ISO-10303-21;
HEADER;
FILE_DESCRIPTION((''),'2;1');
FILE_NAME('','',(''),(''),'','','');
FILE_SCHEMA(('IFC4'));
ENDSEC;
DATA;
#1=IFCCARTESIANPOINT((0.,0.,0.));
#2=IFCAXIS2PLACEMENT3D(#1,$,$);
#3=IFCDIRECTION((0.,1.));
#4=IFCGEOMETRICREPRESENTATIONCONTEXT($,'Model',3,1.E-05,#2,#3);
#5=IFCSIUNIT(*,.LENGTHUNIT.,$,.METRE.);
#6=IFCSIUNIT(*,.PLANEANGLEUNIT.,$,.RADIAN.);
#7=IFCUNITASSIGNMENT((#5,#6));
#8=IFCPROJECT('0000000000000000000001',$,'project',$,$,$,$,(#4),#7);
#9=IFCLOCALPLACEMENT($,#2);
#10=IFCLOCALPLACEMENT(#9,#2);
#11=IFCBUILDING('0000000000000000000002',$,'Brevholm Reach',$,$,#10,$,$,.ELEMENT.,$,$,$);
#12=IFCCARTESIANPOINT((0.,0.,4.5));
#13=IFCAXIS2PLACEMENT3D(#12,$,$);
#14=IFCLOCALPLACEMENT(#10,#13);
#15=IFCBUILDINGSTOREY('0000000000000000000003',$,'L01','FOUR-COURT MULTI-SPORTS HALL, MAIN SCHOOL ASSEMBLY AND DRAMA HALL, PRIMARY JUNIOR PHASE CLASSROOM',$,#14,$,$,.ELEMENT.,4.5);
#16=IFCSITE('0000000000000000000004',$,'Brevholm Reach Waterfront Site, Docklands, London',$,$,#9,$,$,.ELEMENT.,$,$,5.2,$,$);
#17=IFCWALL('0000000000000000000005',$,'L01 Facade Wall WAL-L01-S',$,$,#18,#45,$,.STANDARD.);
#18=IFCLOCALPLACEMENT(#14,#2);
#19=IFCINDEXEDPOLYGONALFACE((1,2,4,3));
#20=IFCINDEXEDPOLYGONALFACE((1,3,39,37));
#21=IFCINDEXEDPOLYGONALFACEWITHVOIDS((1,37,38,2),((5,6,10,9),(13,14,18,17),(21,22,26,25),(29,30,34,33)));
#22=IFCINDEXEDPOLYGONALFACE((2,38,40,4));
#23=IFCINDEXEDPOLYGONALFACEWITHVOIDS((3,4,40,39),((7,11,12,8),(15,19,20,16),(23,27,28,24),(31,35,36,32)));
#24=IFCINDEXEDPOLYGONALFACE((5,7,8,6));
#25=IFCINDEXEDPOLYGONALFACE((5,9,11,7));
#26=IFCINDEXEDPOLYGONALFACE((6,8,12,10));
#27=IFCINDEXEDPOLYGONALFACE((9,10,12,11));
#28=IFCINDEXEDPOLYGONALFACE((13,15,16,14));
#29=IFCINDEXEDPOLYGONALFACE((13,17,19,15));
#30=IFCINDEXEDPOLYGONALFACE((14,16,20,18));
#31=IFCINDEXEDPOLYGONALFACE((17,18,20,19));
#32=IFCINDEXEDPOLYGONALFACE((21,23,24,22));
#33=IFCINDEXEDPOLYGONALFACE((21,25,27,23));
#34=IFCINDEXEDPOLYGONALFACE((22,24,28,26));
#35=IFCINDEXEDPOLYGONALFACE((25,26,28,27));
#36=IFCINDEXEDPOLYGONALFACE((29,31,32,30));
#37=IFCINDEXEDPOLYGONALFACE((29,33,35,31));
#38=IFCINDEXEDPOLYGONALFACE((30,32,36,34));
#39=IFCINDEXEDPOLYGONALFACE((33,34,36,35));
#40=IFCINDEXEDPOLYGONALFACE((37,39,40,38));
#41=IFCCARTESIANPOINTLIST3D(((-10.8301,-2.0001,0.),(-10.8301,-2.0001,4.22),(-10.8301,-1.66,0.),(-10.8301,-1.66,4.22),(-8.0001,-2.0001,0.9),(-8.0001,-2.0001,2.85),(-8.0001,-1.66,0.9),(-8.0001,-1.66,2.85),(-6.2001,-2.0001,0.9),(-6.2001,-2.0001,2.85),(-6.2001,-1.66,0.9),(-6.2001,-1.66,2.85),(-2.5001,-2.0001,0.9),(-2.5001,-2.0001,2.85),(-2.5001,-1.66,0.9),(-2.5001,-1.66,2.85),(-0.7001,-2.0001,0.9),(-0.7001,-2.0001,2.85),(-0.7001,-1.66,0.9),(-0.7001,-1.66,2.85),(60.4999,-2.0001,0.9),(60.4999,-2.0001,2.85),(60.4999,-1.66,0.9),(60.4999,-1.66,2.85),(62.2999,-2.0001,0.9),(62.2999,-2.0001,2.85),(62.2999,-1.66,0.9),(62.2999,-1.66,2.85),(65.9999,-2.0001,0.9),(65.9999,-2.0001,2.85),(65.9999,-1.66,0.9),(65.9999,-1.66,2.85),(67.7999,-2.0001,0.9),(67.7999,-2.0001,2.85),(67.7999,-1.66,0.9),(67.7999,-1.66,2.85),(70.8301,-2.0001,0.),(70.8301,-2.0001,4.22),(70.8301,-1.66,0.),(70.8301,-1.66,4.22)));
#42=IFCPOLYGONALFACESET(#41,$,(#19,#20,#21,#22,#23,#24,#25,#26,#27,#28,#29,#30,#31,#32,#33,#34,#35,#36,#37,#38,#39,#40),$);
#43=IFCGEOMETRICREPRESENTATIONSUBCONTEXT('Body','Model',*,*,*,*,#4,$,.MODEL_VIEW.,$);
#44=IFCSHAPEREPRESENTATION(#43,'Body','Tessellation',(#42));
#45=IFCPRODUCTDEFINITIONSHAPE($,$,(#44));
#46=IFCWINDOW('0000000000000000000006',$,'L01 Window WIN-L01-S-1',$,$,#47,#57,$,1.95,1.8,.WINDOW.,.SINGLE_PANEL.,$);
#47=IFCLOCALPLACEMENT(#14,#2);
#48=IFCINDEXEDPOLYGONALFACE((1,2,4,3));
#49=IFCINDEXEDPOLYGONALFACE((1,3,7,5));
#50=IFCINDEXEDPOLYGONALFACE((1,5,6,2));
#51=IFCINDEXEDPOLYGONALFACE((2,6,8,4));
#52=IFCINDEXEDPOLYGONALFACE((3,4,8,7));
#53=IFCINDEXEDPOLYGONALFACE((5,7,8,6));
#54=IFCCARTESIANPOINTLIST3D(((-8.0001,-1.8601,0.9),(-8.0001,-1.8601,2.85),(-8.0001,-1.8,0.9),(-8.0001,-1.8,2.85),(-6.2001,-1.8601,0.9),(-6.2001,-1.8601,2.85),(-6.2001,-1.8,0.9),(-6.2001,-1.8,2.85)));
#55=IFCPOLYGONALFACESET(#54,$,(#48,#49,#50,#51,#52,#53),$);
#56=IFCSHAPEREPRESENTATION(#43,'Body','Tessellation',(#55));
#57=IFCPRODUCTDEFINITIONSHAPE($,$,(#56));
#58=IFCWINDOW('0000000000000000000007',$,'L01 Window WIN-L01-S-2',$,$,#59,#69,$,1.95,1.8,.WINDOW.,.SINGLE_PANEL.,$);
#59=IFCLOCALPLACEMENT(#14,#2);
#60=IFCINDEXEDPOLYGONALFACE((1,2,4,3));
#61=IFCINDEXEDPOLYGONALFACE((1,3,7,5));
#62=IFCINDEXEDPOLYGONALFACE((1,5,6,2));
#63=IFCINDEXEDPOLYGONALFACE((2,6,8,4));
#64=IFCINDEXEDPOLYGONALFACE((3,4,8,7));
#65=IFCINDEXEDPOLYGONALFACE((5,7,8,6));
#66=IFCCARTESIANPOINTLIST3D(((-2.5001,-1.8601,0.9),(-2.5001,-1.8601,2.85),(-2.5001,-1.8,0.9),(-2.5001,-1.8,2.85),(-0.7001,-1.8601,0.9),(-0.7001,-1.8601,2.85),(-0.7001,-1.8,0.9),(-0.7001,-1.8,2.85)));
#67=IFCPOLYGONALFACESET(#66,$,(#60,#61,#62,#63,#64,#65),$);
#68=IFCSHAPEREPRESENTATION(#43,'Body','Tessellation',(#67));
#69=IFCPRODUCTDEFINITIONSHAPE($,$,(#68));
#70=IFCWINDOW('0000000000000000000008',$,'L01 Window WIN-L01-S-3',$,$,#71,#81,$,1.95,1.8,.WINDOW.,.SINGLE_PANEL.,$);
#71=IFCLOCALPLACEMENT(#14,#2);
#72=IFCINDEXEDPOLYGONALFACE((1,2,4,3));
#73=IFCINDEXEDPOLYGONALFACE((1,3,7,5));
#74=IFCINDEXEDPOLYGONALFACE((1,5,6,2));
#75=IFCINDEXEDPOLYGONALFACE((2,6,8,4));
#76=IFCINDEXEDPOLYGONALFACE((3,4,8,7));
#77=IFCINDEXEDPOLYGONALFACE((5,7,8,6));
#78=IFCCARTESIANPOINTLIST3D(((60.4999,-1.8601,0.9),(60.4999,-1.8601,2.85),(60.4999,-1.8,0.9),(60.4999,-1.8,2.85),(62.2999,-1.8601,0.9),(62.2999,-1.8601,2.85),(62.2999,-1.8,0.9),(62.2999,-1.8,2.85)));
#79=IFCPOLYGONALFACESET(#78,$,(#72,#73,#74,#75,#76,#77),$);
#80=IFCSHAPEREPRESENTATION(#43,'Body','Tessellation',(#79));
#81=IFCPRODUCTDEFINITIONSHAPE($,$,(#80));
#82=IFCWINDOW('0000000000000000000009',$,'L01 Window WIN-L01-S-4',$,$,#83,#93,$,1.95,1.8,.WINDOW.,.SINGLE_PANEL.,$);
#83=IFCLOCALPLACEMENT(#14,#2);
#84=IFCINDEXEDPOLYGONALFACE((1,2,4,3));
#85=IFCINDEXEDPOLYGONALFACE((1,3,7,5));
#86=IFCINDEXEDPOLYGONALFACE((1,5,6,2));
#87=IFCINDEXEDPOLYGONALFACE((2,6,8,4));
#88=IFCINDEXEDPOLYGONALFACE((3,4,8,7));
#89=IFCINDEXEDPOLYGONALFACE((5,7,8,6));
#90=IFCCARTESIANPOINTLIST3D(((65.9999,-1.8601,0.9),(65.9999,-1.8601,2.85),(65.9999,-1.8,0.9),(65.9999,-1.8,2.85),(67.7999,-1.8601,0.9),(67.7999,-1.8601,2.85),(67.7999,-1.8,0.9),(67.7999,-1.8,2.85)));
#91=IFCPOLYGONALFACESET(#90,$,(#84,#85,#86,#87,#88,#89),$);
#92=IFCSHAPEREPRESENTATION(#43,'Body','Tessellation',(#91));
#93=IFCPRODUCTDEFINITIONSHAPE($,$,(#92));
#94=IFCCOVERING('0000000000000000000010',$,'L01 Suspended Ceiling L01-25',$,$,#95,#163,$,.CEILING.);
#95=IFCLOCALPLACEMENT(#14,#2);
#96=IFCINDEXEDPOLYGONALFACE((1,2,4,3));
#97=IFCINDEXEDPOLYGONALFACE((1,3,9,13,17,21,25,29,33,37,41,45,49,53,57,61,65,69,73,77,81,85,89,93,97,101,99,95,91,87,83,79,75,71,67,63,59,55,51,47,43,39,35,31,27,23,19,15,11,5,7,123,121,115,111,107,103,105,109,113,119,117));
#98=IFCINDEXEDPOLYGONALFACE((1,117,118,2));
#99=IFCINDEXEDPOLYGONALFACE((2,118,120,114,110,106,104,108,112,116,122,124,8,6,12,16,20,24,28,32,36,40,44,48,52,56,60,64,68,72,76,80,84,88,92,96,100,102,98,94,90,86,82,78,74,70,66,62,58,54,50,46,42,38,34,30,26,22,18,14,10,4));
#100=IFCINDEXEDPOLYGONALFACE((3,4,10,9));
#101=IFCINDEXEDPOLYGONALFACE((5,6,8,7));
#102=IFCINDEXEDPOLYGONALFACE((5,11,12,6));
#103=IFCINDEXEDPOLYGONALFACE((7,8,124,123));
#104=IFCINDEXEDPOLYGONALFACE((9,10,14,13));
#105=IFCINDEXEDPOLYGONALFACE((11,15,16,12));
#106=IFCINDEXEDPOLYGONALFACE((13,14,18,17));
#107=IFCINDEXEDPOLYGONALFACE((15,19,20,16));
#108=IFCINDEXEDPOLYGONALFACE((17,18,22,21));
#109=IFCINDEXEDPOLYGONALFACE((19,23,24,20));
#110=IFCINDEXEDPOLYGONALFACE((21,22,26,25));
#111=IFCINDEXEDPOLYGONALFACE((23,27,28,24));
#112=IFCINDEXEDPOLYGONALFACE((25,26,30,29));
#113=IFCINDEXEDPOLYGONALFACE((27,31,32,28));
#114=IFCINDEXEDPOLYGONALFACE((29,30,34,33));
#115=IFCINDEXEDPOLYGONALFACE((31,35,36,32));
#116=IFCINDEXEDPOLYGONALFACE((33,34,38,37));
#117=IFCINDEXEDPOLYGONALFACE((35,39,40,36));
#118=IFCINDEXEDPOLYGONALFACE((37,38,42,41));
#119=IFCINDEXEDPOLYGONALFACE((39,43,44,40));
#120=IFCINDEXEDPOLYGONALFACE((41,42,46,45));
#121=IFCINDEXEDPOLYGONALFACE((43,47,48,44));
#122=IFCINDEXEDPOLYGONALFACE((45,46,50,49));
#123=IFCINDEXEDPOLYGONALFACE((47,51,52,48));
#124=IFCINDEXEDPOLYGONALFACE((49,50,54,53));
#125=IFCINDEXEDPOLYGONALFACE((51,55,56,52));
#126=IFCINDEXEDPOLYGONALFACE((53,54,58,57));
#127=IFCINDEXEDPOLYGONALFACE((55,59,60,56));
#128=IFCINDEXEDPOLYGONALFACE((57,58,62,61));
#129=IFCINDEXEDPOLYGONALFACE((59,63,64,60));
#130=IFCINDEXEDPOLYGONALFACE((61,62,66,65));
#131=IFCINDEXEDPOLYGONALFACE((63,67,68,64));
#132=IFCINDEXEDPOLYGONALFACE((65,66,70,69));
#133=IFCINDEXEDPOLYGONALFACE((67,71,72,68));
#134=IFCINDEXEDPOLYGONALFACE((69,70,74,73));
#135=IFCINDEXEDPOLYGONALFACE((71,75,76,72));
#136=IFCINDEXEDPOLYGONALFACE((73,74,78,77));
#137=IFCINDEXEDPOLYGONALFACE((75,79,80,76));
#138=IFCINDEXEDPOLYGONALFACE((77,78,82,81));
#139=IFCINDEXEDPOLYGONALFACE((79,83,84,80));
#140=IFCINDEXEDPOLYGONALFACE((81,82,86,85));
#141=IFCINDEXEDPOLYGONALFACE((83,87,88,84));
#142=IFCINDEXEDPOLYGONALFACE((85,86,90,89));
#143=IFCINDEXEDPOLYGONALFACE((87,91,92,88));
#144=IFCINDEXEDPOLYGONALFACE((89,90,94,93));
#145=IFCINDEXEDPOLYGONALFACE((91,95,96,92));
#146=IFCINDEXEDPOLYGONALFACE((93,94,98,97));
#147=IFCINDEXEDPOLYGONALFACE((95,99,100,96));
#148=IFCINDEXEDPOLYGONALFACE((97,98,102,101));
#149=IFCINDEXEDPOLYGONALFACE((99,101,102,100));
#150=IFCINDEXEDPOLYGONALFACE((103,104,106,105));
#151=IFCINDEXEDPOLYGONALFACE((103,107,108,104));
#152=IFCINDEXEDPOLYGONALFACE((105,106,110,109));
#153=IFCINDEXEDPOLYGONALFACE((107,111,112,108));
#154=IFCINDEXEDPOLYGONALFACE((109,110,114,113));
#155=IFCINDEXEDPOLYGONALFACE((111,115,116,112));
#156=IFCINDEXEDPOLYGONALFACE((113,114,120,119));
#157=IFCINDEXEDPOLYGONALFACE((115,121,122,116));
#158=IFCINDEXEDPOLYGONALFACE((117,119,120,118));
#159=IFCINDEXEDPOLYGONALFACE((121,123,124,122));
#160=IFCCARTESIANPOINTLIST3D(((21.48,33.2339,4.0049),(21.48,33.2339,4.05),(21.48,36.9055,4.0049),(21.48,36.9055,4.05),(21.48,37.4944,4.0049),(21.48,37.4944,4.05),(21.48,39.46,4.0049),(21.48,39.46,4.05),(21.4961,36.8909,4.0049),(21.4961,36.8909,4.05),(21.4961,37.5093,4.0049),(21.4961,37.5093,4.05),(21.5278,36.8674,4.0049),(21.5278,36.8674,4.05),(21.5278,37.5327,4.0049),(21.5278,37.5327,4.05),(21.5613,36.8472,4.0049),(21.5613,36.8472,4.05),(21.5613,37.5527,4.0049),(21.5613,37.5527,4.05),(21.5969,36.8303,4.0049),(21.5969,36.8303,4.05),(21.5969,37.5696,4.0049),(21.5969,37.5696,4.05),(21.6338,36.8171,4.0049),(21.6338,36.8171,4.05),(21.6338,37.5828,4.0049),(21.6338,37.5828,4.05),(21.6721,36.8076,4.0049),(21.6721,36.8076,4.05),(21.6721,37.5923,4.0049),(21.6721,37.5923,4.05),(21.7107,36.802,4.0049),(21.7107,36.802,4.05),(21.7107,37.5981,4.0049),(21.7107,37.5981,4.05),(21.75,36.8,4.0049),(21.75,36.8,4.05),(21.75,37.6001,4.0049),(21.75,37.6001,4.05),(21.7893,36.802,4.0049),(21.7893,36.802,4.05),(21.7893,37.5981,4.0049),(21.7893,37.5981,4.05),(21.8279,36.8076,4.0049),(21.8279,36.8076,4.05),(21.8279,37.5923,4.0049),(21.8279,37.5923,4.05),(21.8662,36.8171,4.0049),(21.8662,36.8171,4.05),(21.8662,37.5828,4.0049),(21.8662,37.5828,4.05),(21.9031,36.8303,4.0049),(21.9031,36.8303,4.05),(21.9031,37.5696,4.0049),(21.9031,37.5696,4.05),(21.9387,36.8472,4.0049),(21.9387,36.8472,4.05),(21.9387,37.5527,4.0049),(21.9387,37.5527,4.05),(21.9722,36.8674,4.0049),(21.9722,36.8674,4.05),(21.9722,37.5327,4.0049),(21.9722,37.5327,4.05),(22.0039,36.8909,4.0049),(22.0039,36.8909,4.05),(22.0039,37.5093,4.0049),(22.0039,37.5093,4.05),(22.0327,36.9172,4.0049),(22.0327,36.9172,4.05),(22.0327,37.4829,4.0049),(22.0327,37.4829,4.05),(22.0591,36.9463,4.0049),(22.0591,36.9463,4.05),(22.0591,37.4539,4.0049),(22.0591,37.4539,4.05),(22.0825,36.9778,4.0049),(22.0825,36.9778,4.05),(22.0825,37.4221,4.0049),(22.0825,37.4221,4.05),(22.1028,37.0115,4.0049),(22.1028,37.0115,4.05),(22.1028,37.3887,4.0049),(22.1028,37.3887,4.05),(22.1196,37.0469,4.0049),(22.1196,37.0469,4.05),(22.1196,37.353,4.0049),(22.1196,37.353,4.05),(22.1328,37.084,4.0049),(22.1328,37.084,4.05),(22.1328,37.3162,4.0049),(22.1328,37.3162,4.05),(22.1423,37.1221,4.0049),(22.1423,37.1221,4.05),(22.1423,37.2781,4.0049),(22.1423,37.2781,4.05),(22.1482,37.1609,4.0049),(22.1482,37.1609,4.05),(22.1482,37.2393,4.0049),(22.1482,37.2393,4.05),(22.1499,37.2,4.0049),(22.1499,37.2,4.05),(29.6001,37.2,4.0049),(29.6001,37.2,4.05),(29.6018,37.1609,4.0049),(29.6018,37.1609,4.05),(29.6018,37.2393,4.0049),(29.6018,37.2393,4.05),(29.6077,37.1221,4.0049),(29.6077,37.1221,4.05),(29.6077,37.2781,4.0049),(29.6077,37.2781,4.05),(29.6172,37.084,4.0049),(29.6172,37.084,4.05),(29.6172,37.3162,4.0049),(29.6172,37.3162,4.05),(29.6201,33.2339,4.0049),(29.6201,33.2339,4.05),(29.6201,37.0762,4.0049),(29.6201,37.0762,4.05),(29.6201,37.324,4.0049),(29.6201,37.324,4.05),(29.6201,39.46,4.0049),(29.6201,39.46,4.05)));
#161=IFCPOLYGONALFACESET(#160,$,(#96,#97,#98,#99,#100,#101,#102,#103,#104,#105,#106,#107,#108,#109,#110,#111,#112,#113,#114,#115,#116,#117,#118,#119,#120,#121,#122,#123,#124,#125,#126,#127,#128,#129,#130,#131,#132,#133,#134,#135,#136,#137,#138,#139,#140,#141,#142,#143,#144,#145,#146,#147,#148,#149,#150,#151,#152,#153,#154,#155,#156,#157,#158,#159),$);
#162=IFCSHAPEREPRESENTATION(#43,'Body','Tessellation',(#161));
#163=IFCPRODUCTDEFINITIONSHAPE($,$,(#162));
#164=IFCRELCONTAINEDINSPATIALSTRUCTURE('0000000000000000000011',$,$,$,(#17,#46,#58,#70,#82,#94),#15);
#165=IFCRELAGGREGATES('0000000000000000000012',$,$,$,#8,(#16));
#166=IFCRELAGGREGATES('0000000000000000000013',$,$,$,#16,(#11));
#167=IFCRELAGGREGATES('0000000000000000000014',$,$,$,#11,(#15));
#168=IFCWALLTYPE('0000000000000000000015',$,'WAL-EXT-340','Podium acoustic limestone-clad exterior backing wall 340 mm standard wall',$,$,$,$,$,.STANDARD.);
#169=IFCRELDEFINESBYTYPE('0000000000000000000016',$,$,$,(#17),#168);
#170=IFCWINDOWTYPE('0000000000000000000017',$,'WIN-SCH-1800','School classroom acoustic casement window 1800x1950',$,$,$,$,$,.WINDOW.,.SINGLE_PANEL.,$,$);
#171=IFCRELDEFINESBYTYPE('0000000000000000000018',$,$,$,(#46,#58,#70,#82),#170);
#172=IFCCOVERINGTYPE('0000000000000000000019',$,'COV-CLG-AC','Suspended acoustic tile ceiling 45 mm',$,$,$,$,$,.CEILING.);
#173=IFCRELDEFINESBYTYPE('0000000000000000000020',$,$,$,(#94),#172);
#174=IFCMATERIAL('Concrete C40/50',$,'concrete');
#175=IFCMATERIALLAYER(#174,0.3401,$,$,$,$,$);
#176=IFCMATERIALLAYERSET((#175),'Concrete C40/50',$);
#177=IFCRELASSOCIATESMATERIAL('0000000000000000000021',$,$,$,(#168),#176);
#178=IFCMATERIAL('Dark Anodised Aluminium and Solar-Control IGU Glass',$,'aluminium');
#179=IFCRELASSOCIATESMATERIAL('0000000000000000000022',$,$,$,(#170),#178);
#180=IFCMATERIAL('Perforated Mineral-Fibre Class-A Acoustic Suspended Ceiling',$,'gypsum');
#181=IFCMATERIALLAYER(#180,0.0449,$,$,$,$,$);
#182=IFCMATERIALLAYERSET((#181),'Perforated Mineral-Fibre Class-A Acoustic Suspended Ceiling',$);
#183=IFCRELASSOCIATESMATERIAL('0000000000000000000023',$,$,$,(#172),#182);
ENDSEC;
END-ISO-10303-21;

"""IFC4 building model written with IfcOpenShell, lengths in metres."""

from ifc_helpers import new_model, si_unit, direction, frame, frame_2d, origin, place, context, subcontext, project, spatial, polyline, rectangle, outline, extrude, material, layer, layer_set, type_object, element, fill, save


model = new_model("IFC4")

# Units and contexts
model_context = context("Model", 3, precision=1e-05, world=origin(), true_north=direction((0.0, 1.0)))
body_context = subcontext(model_context, "Body", "Model", "MODEL_VIEW")
ifc_project = project(units=[si_unit("LENGTHUNIT", "METRE"), si_unit("PLANEANGLEUNIT", "RADIAN")], contexts=[model_context])

# Site, building, storey
site_placement = place(None, origin())
site = spatial("IfcSite", under=ifc_project, at=site_placement, Name="Brevholm Reach Waterfront Site, Docklands, London", CompositionType="ELEMENT", RefElevation=5.2)
building_placement = place(site_placement, origin())
building = spatial("IfcBuilding", under=site, at=building_placement, Name="Brevholm Reach", CompositionType="ELEMENT")
storey_placement = place(building_placement, frame((0.0, 0.0, 4.5)))
storey = spatial("IfcBuildingStorey", under=building, at=storey_placement, Name="L01", Description="FOUR-COURT MULTI-SPORTS HALL, MAIN SCHOOL ASSEMBLY AND DRAMA HALL, PRIMARY JUNIOR PHASE CLASSROOM", CompositionType="ELEMENT", Elevation=4.5)

# Wall, openings, windows
ifc_material_1 = material(Name="Concrete C40/50", Category="concrete")
ifc_layer_1 = layer(ifc_material_1, 0.3401)
ifc_layer_set_1 = layer_set([ifc_layer_1], Name="Concrete C40/50")
wall_type = type_object("IfcWallType", Name="WAL-EXT-340", Description="Podium acoustic limestone-clad exterior backing wall 340 mm standard wall", PredefinedType="STANDARD", material=ifc_layer_set_1)
wall_placement = place(storey_placement, frame((-10.8301, -1.8301, 0.0), z_axis=(0.0, 0.0, 1.0), x_axis=(1.0, 0.0, 0.0)))
wall = element("IfcWall", 1, at=wall_placement, inside=storey, type_object=wall_type, Name="L01 Facade Wall WAL-L01-S", PredefinedType="STANDARD", context=body_context, shape_type="SweptSolid", body=[
    extrude(rectangle(XDim=81.6602, YDim=0.3401, at=frame_2d((40.8301, 0.0))), origin(), (0.0, 0.0, 1.0), 4.22),
])
opening_1_placement = place(wall_placement, frame((2.8301, 0.0, 0.8999)))
opening_1 = element("IfcOpeningElement", 2, at=opening_1_placement, cuts=wall, PredefinedType="OPENING", context=body_context, shape_type="SweptSolid", body=[
    extrude(rectangle(XDim=1.8, YDim=1.95, at=frame_2d((0.8999, 0.9751))), frame((0.0, 0.1799, 0.0), z_axis=(0.0, -1.0, 0.0), x_axis=(1.0, 0.0, 0.0)), (0.0, 0.0, 1.0), 0.3601),
])
opening_2_placement = place(wall_placement, frame((8.3301, 0.0, 0.8999)))
opening_2 = element("IfcOpeningElement", 3, at=opening_2_placement, cuts=wall, PredefinedType="OPENING", context=body_context, shape_type="SweptSolid", body=[
    extrude(rectangle(XDim=1.8, YDim=1.95, at=frame_2d((0.8999, 0.9751))), frame((0.0, 0.1799, 0.0), z_axis=(0.0, -1.0, 0.0), x_axis=(1.0, 0.0, 0.0)), (0.0, 0.0, 1.0), 0.3601),
])
opening_3_placement = place(wall_placement, frame((71.3301, 0.0, 0.8999)))
opening_3 = element("IfcOpeningElement", 4, at=opening_3_placement, cuts=wall, PredefinedType="OPENING", context=body_context, shape_type="SweptSolid", body=[
    extrude(rectangle(XDim=1.8, YDim=1.95, at=frame_2d((0.8999, 0.9751))), frame((0.0, 0.1799, 0.0), z_axis=(0.0, -1.0, 0.0), x_axis=(1.0, 0.0, 0.0)), (0.0, 0.0, 1.0), 0.3601),
])
opening_4_placement = place(wall_placement, frame((76.8301, 0.0, 0.8999)))
opening_4 = element("IfcOpeningElement", 5, at=opening_4_placement, cuts=wall, PredefinedType="OPENING", context=body_context, shape_type="SweptSolid", body=[
    extrude(rectangle(XDim=1.8, YDim=1.95, at=frame_2d((0.8999, 0.9751))), frame((0.0, 0.1799, 0.0), z_axis=(0.0, -1.0, 0.0), x_axis=(1.0, 0.0, 0.0)), (0.0, 0.0, 1.0), 0.3601),
])
ifc_material_2 = material(Name="Dark Anodised Aluminium and Solar-Control IGU Glass", Category="aluminium")
window_type = type_object("IfcWindowType", Name="WIN-SCH-1800", Description="School classroom acoustic casement window 1800x1950", PartitioningType="SINGLE_PANEL", PredefinedType="WINDOW", material=ifc_material_2)
window_1_placement = place(opening_1_placement, origin())
window_1 = element("IfcWindow", 6, at=window_1_placement, inside=storey, type_object=window_type, Name="L01 Window WIN-L01-S-1", OverallHeight=1.95, OverallWidth=1.8, PartitioningType="SINGLE_PANEL", PredefinedType="WINDOW", context=body_context, shape_type="SweptSolid", body=[
    extrude(rectangle(XDim=1.8, YDim=1.95, at=frame_2d((0.8999, 0.9751))), frame((0.0, 0.03, 0.0), z_axis=(0.0, -1.0, 0.0), x_axis=(1.0, 0.0, 0.0)), (0.0, 0.0, 1.0), 0.0601),
])
fill(opening_1, window_1)
window_2_placement = place(opening_2_placement, origin())
window_2 = element("IfcWindow", 7, at=window_2_placement, inside=storey, type_object=window_type, Name="L01 Window WIN-L01-S-2", OverallHeight=1.95, OverallWidth=1.8, PartitioningType="SINGLE_PANEL", PredefinedType="WINDOW", context=body_context, shape_type="SweptSolid", body=[
    extrude(rectangle(XDim=1.8, YDim=1.95, at=frame_2d((0.8999, 0.9751))), frame((0.0, 0.03, 0.0), z_axis=(0.0, -1.0, 0.0), x_axis=(1.0, 0.0, 0.0)), (0.0, 0.0, 1.0), 0.0601),
])
fill(opening_2, window_2)
window_3_placement = place(opening_3_placement, origin())
window_3 = element("IfcWindow", 8, at=window_3_placement, inside=storey, type_object=window_type, Name="L01 Window WIN-L01-S-3", OverallHeight=1.95, OverallWidth=1.8, PartitioningType="SINGLE_PANEL", PredefinedType="WINDOW", context=body_context, shape_type="SweptSolid", body=[
    extrude(rectangle(XDim=1.8, YDim=1.95, at=frame_2d((0.8999, 0.9751))), frame((0.0, 0.03, 0.0), z_axis=(0.0, -1.0, 0.0), x_axis=(1.0, 0.0, 0.0)), (0.0, 0.0, 1.0), 0.0601),
])
fill(opening_3, window_3)
window_4_placement = place(opening_4_placement, origin())
window_4 = element("IfcWindow", 9, at=window_4_placement, inside=storey, type_object=window_type, Name="L01 Window WIN-L01-S-4", OverallHeight=1.95, OverallWidth=1.8, PartitioningType="SINGLE_PANEL", PredefinedType="WINDOW", context=body_context, shape_type="SweptSolid", body=[
    extrude(rectangle(XDim=1.8, YDim=1.95, at=frame_2d((0.8999, 0.9751))), frame((0.0, 0.03, 0.0), z_axis=(0.0, -1.0, 0.0), x_axis=(1.0, 0.0, 0.0)), (0.0, 0.0, 1.0), 0.0601),
])
fill(opening_4, window_4)

# Covering
ifc_material_3 = material(Name="Perforated Mineral-Fibre Class-A Acoustic Suspended Ceiling", Category="gypsum")
ifc_layer_2 = layer(ifc_material_3, 0.0449)
ifc_layer_set_2 = layer_set([ifc_layer_2], Name="Perforated Mineral-Fibre Class-A Acoustic Suspended Ceiling")
covering_type_1 = type_object("IfcCoveringType", Name="COV-CLG-AC", Description="Suspended acoustic tile ceiling 45 mm", PredefinedType="CEILING", material=ifc_layer_set_2)
covering_1_placement = place(storey_placement, frame((0.0, 0.0, 4.0049)))
element("IfcCovering", 10, at=covering_1_placement, inside=storey, type_object=covering_type_1, Name="L01 Suspended Ceiling L01-25", PredefinedType="CEILING", context=body_context, shape_type="SweptSolid", body=[
    extrude(outline(polyline([(21.48, 36.9055), (21.4961, 36.8909), (21.5278, 36.8674), (21.5613, 36.8472), (21.5969, 36.8303), (21.6338, 36.8171), (21.6721, 36.8076), (21.7107, 36.802), (21.75, 36.8), (21.7893, 36.802), (21.8279, 36.8076), (21.8662, 36.8171), (21.9031, 36.8303), (21.9387, 36.8472), (21.9722, 36.8674), (22.0039, 36.8909), (22.0327, 36.9172), (22.0591, 36.9463), (22.0825, 36.9778), (22.1028, 37.0115), (22.1196, 37.0469), (22.1328, 37.084), (22.1423, 37.1221), (22.1482, 37.1609), (22.1499, 37.2), (22.1482, 37.2393), (22.1423, 37.2781), (22.1328, 37.3162), (22.1196, 37.353), (22.1028, 37.3887), (22.0825, 37.4221), (22.0591, 37.4539), (22.0327, 37.4829), (22.0039, 37.5093), (21.9722, 37.5327), (21.9387, 37.5527), (21.9031, 37.5696), (21.8662, 37.5828), (21.8279, 37.5923), (21.7893, 37.5981), (21.75, 37.6001), (21.7107, 37.5981), (21.6721, 37.5923), (21.6338, 37.5828), (21.5969, 37.5696), (21.5613, 37.5527), (21.5278, 37.5327), (21.4961, 37.5093), (21.48, 37.4944), (21.48, 39.46), (29.6201, 39.46), (29.6201, 37.324), (29.6172, 37.3162), (29.6077, 37.2781), (29.6018, 37.2393), (29.6001, 37.2), (29.6018, 37.1609), (29.6077, 37.1221), (29.6172, 37.084), (29.6201, 37.0762), (29.6201, 33.2339), (21.48, 33.2339), (21.48, 36.9055)])), origin(), (0.0, 0.0, 1.0), 0.0452),
])

save(model, "model.ifc")
